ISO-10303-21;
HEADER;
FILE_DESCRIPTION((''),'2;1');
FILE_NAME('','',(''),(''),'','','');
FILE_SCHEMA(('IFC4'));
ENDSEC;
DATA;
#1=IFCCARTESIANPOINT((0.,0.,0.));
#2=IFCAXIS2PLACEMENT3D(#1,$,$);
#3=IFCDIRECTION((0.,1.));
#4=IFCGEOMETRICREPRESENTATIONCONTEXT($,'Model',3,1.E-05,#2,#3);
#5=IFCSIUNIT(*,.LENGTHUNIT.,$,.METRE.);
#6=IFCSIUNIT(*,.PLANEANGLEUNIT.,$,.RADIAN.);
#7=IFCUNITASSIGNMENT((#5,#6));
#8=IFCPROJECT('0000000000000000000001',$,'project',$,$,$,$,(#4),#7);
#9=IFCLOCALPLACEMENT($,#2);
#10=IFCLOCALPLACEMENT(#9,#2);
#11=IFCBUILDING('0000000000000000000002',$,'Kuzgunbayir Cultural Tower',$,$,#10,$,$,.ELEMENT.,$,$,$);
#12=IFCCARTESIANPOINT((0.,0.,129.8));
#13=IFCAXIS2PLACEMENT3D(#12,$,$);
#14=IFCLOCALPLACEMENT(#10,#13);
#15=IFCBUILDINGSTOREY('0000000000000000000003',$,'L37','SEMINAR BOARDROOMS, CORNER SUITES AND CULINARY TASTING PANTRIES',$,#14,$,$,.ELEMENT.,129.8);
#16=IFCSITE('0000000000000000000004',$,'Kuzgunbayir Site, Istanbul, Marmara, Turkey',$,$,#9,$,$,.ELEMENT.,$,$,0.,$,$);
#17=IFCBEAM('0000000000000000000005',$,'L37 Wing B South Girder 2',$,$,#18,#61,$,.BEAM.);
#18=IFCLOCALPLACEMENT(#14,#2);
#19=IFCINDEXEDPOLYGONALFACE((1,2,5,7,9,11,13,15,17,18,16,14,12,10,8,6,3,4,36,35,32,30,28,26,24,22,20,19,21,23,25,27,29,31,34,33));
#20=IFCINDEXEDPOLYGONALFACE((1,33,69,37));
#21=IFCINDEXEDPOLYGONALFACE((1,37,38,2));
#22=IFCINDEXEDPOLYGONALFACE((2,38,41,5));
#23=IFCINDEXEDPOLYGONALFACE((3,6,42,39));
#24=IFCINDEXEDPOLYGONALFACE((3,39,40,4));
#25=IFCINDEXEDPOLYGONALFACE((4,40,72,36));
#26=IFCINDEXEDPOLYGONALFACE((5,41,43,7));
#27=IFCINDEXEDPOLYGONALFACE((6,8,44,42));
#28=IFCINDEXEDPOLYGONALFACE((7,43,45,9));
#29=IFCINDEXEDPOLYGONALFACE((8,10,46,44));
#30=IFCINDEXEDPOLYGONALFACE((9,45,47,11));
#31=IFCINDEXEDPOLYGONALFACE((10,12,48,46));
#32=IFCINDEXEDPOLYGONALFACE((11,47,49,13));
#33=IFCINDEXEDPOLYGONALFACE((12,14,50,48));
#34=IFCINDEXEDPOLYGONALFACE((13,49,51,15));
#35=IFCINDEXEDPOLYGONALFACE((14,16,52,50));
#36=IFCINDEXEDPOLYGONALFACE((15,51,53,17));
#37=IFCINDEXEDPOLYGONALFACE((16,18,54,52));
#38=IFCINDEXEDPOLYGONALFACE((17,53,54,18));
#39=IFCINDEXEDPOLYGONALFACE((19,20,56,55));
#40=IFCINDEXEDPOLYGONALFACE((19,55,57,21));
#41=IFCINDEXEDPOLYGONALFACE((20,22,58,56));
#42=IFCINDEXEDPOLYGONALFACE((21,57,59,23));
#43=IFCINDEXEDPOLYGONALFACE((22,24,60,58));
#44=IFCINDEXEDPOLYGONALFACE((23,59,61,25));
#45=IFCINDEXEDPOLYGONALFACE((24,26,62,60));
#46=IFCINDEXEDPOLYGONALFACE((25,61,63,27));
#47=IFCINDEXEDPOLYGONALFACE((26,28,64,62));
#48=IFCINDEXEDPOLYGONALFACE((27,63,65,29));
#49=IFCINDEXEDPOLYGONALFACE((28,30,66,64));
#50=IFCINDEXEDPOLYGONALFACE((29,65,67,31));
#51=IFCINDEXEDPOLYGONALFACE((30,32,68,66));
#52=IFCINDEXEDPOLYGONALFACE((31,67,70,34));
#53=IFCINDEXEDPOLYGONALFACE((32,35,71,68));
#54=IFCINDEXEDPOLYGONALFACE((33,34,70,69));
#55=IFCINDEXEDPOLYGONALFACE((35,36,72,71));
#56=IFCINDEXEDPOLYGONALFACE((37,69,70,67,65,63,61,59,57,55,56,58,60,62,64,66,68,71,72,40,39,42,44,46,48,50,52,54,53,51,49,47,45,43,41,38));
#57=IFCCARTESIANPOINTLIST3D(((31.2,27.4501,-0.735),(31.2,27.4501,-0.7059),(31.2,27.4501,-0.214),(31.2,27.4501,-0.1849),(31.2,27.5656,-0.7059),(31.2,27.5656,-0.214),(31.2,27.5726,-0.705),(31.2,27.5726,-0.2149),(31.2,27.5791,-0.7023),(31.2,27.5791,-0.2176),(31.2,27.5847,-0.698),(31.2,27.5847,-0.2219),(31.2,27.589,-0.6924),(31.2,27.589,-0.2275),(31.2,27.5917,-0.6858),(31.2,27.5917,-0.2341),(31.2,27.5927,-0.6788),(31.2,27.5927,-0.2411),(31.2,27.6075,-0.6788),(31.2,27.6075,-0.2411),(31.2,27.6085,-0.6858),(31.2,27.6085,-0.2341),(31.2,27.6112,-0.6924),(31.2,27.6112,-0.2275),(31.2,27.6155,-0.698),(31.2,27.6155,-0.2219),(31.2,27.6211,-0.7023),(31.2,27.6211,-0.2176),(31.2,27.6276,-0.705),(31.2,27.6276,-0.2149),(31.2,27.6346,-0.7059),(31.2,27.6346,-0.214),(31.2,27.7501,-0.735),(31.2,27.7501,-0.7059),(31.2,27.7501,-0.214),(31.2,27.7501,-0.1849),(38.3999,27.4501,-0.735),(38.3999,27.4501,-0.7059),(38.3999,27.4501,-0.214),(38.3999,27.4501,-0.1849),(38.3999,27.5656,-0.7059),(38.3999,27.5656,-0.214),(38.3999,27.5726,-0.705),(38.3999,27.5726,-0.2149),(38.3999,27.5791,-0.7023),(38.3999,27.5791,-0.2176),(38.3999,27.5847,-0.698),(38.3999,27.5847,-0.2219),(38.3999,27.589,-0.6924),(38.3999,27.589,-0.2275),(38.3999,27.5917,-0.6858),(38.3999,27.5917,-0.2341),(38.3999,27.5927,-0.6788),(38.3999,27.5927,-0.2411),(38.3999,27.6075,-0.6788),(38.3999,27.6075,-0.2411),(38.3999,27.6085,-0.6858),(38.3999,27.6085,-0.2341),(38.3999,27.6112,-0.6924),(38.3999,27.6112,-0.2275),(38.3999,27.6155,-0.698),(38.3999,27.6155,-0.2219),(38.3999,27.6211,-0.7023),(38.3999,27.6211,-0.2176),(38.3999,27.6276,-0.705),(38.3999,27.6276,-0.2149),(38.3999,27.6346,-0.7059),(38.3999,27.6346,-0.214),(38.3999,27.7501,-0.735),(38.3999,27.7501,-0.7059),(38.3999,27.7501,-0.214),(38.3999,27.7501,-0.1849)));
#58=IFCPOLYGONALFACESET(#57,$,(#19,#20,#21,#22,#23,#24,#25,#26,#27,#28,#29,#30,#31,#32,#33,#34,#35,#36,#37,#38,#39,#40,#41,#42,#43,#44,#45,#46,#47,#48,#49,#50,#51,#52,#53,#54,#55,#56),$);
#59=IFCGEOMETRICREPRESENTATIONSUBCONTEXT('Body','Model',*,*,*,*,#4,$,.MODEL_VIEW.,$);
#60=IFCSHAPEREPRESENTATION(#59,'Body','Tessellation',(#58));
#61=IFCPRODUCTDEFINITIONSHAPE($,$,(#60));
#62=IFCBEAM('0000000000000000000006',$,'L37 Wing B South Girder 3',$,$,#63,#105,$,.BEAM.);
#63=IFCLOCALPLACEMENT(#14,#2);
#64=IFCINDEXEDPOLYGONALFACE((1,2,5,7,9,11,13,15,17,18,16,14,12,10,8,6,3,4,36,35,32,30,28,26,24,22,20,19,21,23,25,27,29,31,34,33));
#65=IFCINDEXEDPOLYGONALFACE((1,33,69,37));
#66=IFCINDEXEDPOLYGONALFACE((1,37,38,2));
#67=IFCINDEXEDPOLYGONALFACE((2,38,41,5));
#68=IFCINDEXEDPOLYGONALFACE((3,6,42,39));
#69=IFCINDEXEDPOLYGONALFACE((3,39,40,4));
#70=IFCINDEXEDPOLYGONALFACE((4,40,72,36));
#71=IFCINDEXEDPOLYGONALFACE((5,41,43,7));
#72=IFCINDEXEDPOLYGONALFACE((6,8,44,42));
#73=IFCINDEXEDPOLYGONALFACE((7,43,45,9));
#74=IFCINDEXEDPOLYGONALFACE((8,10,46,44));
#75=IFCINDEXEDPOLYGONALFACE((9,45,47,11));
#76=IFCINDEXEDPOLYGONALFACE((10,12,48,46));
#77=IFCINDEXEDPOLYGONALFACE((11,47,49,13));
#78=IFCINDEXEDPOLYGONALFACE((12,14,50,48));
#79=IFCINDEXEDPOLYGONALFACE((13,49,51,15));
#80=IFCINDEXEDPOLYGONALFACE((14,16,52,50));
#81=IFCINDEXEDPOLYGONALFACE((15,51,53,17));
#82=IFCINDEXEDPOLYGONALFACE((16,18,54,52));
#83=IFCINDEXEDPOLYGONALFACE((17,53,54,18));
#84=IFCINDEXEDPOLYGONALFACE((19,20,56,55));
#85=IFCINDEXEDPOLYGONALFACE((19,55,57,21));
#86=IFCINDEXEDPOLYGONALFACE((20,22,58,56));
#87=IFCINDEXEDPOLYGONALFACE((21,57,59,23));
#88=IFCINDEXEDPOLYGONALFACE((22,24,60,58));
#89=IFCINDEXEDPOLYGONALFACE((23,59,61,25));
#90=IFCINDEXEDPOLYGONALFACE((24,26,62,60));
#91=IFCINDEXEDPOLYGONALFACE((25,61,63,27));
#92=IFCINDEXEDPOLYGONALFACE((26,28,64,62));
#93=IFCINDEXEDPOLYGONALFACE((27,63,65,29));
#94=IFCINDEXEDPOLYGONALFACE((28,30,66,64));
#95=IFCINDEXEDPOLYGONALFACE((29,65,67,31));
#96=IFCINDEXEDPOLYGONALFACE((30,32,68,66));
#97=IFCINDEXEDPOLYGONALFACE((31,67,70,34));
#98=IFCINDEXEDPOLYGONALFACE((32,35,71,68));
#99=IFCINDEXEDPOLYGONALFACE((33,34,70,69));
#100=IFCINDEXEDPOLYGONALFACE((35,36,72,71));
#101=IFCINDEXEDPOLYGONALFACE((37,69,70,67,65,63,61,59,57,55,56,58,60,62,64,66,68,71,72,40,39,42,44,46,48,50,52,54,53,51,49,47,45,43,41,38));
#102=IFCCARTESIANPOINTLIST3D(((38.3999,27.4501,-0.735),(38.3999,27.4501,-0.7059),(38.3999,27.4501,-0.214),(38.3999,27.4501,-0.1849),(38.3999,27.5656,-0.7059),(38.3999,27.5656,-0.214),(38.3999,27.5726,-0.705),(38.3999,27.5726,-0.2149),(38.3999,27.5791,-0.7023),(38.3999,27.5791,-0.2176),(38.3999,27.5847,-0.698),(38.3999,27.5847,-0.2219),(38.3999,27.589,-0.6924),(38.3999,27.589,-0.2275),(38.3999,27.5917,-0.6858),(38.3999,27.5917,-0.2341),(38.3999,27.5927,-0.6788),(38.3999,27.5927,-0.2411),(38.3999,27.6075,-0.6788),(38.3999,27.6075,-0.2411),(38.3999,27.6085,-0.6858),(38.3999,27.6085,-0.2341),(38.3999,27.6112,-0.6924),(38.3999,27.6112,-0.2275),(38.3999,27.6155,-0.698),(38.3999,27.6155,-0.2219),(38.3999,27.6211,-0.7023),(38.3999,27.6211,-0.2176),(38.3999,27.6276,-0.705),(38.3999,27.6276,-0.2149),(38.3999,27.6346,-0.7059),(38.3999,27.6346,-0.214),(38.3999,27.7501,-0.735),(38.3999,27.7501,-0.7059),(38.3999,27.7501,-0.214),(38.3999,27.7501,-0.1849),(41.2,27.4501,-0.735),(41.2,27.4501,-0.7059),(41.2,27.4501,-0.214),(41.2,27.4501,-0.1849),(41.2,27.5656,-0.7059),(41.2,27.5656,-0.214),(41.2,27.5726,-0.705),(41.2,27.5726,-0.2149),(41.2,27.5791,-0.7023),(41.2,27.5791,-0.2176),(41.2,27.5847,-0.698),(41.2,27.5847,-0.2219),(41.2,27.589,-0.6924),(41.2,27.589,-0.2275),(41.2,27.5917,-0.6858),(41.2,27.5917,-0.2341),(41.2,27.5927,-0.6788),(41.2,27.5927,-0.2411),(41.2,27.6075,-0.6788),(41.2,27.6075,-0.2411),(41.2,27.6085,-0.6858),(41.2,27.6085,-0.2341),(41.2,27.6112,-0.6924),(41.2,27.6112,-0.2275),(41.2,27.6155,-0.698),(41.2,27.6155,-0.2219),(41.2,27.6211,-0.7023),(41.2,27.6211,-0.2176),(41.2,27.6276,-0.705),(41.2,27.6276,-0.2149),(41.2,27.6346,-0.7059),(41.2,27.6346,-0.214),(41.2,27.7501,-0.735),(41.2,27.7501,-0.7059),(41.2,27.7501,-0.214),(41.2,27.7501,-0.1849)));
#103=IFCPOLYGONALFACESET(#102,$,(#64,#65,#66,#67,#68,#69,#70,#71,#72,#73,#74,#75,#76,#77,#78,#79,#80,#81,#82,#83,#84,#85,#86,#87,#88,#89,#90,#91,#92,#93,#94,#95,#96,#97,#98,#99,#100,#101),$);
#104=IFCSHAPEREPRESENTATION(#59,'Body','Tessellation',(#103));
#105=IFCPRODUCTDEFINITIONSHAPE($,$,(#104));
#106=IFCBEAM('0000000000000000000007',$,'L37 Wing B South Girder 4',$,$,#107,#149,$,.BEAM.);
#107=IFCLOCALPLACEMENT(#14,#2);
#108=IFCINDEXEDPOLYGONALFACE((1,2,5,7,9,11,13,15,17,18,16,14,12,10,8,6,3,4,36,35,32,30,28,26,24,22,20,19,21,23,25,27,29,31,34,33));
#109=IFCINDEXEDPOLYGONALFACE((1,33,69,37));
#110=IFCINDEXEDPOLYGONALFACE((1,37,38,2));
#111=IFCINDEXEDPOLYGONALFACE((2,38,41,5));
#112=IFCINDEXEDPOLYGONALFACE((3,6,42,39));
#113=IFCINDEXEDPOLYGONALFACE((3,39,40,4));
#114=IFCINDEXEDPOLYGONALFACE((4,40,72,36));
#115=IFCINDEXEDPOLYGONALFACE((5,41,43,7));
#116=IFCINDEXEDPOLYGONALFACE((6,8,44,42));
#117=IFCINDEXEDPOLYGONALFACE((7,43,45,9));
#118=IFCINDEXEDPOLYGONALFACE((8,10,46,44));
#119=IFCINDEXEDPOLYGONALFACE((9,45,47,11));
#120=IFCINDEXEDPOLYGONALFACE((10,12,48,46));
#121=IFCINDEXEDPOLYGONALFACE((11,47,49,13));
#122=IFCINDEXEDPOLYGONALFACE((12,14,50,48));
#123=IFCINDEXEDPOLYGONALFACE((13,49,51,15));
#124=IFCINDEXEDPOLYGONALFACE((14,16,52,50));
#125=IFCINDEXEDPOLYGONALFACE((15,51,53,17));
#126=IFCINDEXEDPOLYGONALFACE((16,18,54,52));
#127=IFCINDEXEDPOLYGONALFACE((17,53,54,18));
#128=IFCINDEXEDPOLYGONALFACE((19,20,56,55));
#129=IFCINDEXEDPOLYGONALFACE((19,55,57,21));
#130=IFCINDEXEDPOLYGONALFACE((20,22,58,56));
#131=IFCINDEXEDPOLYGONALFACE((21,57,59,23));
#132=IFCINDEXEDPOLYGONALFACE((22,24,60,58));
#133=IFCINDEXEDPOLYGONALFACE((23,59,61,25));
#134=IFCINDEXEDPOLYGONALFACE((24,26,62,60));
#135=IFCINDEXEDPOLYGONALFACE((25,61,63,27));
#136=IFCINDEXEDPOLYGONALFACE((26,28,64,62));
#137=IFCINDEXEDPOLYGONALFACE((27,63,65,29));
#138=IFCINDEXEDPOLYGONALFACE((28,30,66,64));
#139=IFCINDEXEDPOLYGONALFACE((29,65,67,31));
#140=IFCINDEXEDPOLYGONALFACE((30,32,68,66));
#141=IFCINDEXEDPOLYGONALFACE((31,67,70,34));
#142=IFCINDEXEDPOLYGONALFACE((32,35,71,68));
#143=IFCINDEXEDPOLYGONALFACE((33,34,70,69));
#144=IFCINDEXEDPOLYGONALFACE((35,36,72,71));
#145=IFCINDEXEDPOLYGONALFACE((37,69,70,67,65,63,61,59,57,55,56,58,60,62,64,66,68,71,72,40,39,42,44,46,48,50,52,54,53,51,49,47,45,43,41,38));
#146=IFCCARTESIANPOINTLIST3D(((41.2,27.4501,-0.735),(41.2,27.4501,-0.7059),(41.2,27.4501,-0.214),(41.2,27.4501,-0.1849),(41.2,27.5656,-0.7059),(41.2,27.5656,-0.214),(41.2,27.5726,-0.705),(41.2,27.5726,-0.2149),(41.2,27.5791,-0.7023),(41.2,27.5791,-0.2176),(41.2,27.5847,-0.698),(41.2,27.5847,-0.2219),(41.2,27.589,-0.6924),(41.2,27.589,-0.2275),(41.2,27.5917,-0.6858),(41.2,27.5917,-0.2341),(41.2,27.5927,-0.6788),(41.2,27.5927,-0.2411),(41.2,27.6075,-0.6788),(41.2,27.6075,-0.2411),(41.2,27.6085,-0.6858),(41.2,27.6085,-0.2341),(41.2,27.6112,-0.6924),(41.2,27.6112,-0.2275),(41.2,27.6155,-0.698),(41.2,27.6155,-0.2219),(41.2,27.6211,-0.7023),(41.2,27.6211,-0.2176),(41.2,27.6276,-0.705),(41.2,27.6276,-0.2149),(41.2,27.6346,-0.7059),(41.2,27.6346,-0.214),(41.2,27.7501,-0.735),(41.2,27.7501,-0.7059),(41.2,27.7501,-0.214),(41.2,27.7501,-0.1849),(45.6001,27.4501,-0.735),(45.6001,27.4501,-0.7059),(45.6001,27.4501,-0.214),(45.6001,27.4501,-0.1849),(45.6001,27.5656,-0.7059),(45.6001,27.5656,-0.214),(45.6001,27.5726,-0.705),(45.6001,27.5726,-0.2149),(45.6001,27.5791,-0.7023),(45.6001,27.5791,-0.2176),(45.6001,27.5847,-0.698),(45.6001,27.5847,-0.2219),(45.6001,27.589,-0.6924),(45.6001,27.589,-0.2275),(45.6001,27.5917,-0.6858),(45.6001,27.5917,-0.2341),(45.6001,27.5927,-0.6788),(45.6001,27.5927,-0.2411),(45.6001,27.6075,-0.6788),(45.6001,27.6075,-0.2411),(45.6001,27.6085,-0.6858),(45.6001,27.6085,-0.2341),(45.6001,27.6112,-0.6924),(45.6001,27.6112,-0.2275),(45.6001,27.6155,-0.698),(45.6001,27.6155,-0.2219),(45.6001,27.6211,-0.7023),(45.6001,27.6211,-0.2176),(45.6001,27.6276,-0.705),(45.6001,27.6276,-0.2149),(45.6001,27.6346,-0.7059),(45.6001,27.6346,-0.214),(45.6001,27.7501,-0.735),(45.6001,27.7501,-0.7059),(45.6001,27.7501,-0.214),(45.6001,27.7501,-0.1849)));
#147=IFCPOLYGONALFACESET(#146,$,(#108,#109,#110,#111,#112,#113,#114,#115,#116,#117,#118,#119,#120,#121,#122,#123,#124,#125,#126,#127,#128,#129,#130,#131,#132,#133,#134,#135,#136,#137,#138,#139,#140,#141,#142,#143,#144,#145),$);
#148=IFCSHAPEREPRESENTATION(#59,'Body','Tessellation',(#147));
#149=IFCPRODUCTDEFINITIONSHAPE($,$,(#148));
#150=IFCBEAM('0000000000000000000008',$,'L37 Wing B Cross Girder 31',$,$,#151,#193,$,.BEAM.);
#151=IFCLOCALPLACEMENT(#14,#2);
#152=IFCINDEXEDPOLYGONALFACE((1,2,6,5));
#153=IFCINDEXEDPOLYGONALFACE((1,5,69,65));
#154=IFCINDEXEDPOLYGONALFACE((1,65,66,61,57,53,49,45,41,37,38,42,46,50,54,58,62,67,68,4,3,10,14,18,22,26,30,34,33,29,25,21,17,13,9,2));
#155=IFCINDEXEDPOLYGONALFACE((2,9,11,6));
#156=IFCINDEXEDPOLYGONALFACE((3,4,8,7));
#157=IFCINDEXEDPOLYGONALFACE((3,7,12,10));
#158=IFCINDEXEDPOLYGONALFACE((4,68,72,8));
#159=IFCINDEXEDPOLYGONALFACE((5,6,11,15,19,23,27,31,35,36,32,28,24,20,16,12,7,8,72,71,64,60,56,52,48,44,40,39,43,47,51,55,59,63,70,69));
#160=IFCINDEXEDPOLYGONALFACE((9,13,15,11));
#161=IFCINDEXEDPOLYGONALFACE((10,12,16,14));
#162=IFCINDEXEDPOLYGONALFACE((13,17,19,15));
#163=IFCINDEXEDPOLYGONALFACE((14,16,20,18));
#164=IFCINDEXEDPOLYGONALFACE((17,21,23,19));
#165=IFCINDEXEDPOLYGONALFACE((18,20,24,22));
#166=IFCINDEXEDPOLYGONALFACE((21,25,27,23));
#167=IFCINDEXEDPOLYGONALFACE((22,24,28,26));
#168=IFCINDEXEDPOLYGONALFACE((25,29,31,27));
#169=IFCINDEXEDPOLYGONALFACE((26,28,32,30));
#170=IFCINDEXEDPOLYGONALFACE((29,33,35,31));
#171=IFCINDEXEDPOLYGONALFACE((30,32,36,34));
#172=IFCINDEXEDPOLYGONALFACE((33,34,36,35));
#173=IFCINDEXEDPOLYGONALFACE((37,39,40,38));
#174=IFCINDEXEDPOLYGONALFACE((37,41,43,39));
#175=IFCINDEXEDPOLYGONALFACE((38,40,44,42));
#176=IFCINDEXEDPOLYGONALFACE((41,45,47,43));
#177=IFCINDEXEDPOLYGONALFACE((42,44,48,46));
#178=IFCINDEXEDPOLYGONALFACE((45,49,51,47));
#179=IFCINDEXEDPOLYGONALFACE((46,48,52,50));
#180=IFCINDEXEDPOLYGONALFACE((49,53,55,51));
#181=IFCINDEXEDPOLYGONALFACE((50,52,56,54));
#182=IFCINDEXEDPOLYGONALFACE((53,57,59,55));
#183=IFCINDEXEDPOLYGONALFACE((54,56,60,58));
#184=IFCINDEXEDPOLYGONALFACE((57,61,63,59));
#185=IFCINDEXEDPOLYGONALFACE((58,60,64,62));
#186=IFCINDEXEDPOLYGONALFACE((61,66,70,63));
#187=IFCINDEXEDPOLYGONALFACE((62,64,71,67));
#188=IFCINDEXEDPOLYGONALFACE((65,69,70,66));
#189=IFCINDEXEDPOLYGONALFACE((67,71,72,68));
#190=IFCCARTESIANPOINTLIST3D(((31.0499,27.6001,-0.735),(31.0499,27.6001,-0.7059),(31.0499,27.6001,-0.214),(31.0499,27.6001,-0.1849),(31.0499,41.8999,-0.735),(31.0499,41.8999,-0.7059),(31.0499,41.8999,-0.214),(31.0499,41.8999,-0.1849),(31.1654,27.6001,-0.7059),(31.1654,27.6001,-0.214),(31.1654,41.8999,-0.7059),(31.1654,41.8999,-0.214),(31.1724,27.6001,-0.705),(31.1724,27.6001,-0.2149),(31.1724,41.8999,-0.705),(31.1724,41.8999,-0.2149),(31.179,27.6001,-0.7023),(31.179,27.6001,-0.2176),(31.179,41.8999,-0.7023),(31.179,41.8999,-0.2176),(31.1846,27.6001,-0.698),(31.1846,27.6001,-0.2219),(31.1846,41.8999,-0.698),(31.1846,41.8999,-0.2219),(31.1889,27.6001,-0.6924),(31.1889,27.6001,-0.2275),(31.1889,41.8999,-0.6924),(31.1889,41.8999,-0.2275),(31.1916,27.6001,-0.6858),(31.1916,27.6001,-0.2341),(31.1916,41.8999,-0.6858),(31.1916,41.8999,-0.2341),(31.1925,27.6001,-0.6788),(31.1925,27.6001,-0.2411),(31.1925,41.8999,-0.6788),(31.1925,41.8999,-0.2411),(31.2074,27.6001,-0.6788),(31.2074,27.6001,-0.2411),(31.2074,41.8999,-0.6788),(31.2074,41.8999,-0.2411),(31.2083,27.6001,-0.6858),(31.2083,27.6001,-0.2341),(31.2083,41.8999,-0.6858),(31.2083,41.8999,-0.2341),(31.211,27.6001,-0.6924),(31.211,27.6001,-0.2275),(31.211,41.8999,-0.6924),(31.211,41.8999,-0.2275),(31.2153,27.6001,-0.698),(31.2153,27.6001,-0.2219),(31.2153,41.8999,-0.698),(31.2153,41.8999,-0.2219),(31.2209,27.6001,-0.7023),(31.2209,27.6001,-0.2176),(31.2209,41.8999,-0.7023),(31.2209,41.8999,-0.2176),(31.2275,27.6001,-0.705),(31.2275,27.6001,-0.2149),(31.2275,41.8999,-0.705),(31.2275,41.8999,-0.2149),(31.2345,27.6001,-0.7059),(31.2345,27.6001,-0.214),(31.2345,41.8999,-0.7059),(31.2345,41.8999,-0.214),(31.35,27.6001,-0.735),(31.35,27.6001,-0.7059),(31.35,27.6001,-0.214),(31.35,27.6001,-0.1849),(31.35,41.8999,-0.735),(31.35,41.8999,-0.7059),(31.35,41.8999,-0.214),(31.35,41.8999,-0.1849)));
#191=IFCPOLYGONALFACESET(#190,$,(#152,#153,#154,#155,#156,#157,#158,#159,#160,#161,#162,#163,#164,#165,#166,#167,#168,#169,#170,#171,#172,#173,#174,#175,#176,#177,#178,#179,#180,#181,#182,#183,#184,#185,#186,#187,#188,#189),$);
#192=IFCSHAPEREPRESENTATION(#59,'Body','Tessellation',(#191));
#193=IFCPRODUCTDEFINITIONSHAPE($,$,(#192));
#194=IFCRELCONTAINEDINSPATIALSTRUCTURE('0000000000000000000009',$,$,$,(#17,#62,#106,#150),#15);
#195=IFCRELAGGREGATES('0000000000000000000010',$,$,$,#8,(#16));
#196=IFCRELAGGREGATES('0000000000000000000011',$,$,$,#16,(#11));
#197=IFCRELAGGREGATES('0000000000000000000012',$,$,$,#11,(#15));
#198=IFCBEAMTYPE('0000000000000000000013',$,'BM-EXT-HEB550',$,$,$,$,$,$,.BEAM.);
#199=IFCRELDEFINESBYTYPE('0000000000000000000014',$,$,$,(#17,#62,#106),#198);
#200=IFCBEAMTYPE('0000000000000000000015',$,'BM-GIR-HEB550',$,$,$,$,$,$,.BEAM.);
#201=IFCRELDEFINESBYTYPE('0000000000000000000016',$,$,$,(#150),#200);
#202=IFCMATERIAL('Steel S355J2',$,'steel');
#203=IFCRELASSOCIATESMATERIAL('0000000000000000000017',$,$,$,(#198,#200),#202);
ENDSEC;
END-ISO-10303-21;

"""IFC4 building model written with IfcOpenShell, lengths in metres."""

from ifc_helpers import new_model, si_unit, direction, frame, origin, origin_2d, place, context, subcontext, project, spatial, i_section, extrude, material, material_profile, profile_set, type_object, element, save


model = new_model("IFC4")

# Units and contexts
model_context = context("Model", 3, precision=1e-05, world=origin(), true_north=direction((0.0, 1.0)))
body_context = subcontext(model_context, "Body", "Model", "MODEL_VIEW")
ifc_project = project(units=[si_unit("LENGTHUNIT", "METRE"), si_unit("PLANEANGLEUNIT", "RADIAN")], contexts=[model_context])

# Site, building, storey
site_placement = place(None, origin())
site = spatial("IfcSite", under=ifc_project, at=site_placement, Name="Kuzgunbayir Site, Istanbul, Marmara, Turkey", CompositionType="ELEMENT", RefElevation=0.0)
building_placement = place(site_placement, origin())
building = spatial("IfcBuilding", under=site, at=building_placement, Name="Kuzgunbayir Cultural Tower", CompositionType="ELEMENT")
storey_placement = place(building_placement, frame((0.0, 0.0, 129.8)))
storey = spatial("IfcBuildingStorey", under=building, at=storey_placement, Name="L37", Description="SEMINAR BOARDROOMS, CORNER SUITES AND CULINARY TASTING PANTRIES", CompositionType="ELEMENT", Elevation=129.8)

# Beams
ifc_material_1 = material(Name="Steel S355J2", Category="steel")
ifc_material_profile_1 = material_profile(ifc_material_1, i_section(OverallWidth=0.3, OverallDepth=0.55, WebThickness=0.0149, FlangeThickness=0.0291, FilletRadius=0.0271, at=origin_2d()), Name="HEB 550")
ifc_profile_set_1 = profile_set([ifc_material_profile_1], Name="Steel S355J2")
beam_type_1 = type_object("IfcBeamType", Name="BM-EXT-HEB550", PredefinedType="BEAM", material=ifc_profile_set_1)
beam_1_placement = place(storey_placement, frame((31.2, 27.6001, -0.46), z_axis=(1.0, 0.0, 0.0), x_axis=(0.0, 1.0, 0.0)))
element("IfcBeam", 1, at=beam_1_placement, inside=storey, type_object=beam_type_1, Name="L37 Wing B South Girder 2", PredefinedType="BEAM", context=body_context, shape_type="SweptSolid", body=[
    extrude(i_section(OverallWidth=0.3, OverallDepth=0.55, WebThickness=0.0149, FlangeThickness=0.0291, FilletRadius=0.0271, at=origin_2d()), origin(), (0.0, 0.0, 1.0), 7.2),
])
beam_2_placement = place(storey_placement, frame((38.3999, 27.6001, -0.46), z_axis=(1.0, 0.0, 0.0), x_axis=(0.0, 1.0, 0.0)))
element("IfcBeam", 2, at=beam_2_placement, inside=storey, type_object=beam_type_1, Name="L37 Wing B South Girder 3", PredefinedType="BEAM", context=body_context, shape_type="SweptSolid", body=[
    extrude(i_section(OverallWidth=0.3, OverallDepth=0.55, WebThickness=0.0149, FlangeThickness=0.0291, FilletRadius=0.0271, at=origin_2d()), origin(), (0.0, 0.0, 1.0), 2.8),
])
beam_3_placement = place(storey_placement, frame((41.2, 27.6001, -0.46), z_axis=(1.0, 0.0, 0.0), x_axis=(0.0, 1.0, 0.0)))
element("IfcBeam", 3, at=beam_3_placement, inside=storey, type_object=beam_type_1, Name="L37 Wing B South Girder 4", PredefinedType="BEAM", context=body_context, shape_type="SweptSolid", body=[
    extrude(i_section(OverallWidth=0.3, OverallDepth=0.55, WebThickness=0.0149, FlangeThickness=0.0291, FilletRadius=0.0271, at=origin_2d()), origin(), (0.0, 0.0, 1.0), 4.4001),
])
ifc_material_profile_2 = material_profile(ifc_material_1, i_section(OverallWidth=0.3, OverallDepth=0.55, WebThickness=0.0149, FlangeThickness=0.0291, FilletRadius=0.0271, at=origin_2d()), Name="HEB 550")
ifc_profile_set_2 = profile_set([ifc_material_profile_2], Name="Steel S355J2")
beam_type_2 = type_object("IfcBeamType", Name="BM-GIR-HEB550", PredefinedType="BEAM", material=ifc_profile_set_2)
beam_4_placement = place(storey_placement, frame((31.2, 27.6001, -0.46), z_axis=(0.0, 1.0, 0.0), x_axis=(-1.0, 0.0, 0.0)))
element("IfcBeam", 4, at=beam_4_placement, inside=storey, type_object=beam_type_2, Name="L37 Wing B Cross Girder 31", PredefinedType="BEAM", context=body_context, shape_type="SweptSolid", body=[
    extrude(i_section(OverallWidth=0.3, OverallDepth=0.55, WebThickness=0.0149, FlangeThickness=0.0291, FilletRadius=0.0271, at=origin_2d()), origin(), (0.0, 0.0, 1.0), 14.2998),
])

save(model, "model.ifc")
